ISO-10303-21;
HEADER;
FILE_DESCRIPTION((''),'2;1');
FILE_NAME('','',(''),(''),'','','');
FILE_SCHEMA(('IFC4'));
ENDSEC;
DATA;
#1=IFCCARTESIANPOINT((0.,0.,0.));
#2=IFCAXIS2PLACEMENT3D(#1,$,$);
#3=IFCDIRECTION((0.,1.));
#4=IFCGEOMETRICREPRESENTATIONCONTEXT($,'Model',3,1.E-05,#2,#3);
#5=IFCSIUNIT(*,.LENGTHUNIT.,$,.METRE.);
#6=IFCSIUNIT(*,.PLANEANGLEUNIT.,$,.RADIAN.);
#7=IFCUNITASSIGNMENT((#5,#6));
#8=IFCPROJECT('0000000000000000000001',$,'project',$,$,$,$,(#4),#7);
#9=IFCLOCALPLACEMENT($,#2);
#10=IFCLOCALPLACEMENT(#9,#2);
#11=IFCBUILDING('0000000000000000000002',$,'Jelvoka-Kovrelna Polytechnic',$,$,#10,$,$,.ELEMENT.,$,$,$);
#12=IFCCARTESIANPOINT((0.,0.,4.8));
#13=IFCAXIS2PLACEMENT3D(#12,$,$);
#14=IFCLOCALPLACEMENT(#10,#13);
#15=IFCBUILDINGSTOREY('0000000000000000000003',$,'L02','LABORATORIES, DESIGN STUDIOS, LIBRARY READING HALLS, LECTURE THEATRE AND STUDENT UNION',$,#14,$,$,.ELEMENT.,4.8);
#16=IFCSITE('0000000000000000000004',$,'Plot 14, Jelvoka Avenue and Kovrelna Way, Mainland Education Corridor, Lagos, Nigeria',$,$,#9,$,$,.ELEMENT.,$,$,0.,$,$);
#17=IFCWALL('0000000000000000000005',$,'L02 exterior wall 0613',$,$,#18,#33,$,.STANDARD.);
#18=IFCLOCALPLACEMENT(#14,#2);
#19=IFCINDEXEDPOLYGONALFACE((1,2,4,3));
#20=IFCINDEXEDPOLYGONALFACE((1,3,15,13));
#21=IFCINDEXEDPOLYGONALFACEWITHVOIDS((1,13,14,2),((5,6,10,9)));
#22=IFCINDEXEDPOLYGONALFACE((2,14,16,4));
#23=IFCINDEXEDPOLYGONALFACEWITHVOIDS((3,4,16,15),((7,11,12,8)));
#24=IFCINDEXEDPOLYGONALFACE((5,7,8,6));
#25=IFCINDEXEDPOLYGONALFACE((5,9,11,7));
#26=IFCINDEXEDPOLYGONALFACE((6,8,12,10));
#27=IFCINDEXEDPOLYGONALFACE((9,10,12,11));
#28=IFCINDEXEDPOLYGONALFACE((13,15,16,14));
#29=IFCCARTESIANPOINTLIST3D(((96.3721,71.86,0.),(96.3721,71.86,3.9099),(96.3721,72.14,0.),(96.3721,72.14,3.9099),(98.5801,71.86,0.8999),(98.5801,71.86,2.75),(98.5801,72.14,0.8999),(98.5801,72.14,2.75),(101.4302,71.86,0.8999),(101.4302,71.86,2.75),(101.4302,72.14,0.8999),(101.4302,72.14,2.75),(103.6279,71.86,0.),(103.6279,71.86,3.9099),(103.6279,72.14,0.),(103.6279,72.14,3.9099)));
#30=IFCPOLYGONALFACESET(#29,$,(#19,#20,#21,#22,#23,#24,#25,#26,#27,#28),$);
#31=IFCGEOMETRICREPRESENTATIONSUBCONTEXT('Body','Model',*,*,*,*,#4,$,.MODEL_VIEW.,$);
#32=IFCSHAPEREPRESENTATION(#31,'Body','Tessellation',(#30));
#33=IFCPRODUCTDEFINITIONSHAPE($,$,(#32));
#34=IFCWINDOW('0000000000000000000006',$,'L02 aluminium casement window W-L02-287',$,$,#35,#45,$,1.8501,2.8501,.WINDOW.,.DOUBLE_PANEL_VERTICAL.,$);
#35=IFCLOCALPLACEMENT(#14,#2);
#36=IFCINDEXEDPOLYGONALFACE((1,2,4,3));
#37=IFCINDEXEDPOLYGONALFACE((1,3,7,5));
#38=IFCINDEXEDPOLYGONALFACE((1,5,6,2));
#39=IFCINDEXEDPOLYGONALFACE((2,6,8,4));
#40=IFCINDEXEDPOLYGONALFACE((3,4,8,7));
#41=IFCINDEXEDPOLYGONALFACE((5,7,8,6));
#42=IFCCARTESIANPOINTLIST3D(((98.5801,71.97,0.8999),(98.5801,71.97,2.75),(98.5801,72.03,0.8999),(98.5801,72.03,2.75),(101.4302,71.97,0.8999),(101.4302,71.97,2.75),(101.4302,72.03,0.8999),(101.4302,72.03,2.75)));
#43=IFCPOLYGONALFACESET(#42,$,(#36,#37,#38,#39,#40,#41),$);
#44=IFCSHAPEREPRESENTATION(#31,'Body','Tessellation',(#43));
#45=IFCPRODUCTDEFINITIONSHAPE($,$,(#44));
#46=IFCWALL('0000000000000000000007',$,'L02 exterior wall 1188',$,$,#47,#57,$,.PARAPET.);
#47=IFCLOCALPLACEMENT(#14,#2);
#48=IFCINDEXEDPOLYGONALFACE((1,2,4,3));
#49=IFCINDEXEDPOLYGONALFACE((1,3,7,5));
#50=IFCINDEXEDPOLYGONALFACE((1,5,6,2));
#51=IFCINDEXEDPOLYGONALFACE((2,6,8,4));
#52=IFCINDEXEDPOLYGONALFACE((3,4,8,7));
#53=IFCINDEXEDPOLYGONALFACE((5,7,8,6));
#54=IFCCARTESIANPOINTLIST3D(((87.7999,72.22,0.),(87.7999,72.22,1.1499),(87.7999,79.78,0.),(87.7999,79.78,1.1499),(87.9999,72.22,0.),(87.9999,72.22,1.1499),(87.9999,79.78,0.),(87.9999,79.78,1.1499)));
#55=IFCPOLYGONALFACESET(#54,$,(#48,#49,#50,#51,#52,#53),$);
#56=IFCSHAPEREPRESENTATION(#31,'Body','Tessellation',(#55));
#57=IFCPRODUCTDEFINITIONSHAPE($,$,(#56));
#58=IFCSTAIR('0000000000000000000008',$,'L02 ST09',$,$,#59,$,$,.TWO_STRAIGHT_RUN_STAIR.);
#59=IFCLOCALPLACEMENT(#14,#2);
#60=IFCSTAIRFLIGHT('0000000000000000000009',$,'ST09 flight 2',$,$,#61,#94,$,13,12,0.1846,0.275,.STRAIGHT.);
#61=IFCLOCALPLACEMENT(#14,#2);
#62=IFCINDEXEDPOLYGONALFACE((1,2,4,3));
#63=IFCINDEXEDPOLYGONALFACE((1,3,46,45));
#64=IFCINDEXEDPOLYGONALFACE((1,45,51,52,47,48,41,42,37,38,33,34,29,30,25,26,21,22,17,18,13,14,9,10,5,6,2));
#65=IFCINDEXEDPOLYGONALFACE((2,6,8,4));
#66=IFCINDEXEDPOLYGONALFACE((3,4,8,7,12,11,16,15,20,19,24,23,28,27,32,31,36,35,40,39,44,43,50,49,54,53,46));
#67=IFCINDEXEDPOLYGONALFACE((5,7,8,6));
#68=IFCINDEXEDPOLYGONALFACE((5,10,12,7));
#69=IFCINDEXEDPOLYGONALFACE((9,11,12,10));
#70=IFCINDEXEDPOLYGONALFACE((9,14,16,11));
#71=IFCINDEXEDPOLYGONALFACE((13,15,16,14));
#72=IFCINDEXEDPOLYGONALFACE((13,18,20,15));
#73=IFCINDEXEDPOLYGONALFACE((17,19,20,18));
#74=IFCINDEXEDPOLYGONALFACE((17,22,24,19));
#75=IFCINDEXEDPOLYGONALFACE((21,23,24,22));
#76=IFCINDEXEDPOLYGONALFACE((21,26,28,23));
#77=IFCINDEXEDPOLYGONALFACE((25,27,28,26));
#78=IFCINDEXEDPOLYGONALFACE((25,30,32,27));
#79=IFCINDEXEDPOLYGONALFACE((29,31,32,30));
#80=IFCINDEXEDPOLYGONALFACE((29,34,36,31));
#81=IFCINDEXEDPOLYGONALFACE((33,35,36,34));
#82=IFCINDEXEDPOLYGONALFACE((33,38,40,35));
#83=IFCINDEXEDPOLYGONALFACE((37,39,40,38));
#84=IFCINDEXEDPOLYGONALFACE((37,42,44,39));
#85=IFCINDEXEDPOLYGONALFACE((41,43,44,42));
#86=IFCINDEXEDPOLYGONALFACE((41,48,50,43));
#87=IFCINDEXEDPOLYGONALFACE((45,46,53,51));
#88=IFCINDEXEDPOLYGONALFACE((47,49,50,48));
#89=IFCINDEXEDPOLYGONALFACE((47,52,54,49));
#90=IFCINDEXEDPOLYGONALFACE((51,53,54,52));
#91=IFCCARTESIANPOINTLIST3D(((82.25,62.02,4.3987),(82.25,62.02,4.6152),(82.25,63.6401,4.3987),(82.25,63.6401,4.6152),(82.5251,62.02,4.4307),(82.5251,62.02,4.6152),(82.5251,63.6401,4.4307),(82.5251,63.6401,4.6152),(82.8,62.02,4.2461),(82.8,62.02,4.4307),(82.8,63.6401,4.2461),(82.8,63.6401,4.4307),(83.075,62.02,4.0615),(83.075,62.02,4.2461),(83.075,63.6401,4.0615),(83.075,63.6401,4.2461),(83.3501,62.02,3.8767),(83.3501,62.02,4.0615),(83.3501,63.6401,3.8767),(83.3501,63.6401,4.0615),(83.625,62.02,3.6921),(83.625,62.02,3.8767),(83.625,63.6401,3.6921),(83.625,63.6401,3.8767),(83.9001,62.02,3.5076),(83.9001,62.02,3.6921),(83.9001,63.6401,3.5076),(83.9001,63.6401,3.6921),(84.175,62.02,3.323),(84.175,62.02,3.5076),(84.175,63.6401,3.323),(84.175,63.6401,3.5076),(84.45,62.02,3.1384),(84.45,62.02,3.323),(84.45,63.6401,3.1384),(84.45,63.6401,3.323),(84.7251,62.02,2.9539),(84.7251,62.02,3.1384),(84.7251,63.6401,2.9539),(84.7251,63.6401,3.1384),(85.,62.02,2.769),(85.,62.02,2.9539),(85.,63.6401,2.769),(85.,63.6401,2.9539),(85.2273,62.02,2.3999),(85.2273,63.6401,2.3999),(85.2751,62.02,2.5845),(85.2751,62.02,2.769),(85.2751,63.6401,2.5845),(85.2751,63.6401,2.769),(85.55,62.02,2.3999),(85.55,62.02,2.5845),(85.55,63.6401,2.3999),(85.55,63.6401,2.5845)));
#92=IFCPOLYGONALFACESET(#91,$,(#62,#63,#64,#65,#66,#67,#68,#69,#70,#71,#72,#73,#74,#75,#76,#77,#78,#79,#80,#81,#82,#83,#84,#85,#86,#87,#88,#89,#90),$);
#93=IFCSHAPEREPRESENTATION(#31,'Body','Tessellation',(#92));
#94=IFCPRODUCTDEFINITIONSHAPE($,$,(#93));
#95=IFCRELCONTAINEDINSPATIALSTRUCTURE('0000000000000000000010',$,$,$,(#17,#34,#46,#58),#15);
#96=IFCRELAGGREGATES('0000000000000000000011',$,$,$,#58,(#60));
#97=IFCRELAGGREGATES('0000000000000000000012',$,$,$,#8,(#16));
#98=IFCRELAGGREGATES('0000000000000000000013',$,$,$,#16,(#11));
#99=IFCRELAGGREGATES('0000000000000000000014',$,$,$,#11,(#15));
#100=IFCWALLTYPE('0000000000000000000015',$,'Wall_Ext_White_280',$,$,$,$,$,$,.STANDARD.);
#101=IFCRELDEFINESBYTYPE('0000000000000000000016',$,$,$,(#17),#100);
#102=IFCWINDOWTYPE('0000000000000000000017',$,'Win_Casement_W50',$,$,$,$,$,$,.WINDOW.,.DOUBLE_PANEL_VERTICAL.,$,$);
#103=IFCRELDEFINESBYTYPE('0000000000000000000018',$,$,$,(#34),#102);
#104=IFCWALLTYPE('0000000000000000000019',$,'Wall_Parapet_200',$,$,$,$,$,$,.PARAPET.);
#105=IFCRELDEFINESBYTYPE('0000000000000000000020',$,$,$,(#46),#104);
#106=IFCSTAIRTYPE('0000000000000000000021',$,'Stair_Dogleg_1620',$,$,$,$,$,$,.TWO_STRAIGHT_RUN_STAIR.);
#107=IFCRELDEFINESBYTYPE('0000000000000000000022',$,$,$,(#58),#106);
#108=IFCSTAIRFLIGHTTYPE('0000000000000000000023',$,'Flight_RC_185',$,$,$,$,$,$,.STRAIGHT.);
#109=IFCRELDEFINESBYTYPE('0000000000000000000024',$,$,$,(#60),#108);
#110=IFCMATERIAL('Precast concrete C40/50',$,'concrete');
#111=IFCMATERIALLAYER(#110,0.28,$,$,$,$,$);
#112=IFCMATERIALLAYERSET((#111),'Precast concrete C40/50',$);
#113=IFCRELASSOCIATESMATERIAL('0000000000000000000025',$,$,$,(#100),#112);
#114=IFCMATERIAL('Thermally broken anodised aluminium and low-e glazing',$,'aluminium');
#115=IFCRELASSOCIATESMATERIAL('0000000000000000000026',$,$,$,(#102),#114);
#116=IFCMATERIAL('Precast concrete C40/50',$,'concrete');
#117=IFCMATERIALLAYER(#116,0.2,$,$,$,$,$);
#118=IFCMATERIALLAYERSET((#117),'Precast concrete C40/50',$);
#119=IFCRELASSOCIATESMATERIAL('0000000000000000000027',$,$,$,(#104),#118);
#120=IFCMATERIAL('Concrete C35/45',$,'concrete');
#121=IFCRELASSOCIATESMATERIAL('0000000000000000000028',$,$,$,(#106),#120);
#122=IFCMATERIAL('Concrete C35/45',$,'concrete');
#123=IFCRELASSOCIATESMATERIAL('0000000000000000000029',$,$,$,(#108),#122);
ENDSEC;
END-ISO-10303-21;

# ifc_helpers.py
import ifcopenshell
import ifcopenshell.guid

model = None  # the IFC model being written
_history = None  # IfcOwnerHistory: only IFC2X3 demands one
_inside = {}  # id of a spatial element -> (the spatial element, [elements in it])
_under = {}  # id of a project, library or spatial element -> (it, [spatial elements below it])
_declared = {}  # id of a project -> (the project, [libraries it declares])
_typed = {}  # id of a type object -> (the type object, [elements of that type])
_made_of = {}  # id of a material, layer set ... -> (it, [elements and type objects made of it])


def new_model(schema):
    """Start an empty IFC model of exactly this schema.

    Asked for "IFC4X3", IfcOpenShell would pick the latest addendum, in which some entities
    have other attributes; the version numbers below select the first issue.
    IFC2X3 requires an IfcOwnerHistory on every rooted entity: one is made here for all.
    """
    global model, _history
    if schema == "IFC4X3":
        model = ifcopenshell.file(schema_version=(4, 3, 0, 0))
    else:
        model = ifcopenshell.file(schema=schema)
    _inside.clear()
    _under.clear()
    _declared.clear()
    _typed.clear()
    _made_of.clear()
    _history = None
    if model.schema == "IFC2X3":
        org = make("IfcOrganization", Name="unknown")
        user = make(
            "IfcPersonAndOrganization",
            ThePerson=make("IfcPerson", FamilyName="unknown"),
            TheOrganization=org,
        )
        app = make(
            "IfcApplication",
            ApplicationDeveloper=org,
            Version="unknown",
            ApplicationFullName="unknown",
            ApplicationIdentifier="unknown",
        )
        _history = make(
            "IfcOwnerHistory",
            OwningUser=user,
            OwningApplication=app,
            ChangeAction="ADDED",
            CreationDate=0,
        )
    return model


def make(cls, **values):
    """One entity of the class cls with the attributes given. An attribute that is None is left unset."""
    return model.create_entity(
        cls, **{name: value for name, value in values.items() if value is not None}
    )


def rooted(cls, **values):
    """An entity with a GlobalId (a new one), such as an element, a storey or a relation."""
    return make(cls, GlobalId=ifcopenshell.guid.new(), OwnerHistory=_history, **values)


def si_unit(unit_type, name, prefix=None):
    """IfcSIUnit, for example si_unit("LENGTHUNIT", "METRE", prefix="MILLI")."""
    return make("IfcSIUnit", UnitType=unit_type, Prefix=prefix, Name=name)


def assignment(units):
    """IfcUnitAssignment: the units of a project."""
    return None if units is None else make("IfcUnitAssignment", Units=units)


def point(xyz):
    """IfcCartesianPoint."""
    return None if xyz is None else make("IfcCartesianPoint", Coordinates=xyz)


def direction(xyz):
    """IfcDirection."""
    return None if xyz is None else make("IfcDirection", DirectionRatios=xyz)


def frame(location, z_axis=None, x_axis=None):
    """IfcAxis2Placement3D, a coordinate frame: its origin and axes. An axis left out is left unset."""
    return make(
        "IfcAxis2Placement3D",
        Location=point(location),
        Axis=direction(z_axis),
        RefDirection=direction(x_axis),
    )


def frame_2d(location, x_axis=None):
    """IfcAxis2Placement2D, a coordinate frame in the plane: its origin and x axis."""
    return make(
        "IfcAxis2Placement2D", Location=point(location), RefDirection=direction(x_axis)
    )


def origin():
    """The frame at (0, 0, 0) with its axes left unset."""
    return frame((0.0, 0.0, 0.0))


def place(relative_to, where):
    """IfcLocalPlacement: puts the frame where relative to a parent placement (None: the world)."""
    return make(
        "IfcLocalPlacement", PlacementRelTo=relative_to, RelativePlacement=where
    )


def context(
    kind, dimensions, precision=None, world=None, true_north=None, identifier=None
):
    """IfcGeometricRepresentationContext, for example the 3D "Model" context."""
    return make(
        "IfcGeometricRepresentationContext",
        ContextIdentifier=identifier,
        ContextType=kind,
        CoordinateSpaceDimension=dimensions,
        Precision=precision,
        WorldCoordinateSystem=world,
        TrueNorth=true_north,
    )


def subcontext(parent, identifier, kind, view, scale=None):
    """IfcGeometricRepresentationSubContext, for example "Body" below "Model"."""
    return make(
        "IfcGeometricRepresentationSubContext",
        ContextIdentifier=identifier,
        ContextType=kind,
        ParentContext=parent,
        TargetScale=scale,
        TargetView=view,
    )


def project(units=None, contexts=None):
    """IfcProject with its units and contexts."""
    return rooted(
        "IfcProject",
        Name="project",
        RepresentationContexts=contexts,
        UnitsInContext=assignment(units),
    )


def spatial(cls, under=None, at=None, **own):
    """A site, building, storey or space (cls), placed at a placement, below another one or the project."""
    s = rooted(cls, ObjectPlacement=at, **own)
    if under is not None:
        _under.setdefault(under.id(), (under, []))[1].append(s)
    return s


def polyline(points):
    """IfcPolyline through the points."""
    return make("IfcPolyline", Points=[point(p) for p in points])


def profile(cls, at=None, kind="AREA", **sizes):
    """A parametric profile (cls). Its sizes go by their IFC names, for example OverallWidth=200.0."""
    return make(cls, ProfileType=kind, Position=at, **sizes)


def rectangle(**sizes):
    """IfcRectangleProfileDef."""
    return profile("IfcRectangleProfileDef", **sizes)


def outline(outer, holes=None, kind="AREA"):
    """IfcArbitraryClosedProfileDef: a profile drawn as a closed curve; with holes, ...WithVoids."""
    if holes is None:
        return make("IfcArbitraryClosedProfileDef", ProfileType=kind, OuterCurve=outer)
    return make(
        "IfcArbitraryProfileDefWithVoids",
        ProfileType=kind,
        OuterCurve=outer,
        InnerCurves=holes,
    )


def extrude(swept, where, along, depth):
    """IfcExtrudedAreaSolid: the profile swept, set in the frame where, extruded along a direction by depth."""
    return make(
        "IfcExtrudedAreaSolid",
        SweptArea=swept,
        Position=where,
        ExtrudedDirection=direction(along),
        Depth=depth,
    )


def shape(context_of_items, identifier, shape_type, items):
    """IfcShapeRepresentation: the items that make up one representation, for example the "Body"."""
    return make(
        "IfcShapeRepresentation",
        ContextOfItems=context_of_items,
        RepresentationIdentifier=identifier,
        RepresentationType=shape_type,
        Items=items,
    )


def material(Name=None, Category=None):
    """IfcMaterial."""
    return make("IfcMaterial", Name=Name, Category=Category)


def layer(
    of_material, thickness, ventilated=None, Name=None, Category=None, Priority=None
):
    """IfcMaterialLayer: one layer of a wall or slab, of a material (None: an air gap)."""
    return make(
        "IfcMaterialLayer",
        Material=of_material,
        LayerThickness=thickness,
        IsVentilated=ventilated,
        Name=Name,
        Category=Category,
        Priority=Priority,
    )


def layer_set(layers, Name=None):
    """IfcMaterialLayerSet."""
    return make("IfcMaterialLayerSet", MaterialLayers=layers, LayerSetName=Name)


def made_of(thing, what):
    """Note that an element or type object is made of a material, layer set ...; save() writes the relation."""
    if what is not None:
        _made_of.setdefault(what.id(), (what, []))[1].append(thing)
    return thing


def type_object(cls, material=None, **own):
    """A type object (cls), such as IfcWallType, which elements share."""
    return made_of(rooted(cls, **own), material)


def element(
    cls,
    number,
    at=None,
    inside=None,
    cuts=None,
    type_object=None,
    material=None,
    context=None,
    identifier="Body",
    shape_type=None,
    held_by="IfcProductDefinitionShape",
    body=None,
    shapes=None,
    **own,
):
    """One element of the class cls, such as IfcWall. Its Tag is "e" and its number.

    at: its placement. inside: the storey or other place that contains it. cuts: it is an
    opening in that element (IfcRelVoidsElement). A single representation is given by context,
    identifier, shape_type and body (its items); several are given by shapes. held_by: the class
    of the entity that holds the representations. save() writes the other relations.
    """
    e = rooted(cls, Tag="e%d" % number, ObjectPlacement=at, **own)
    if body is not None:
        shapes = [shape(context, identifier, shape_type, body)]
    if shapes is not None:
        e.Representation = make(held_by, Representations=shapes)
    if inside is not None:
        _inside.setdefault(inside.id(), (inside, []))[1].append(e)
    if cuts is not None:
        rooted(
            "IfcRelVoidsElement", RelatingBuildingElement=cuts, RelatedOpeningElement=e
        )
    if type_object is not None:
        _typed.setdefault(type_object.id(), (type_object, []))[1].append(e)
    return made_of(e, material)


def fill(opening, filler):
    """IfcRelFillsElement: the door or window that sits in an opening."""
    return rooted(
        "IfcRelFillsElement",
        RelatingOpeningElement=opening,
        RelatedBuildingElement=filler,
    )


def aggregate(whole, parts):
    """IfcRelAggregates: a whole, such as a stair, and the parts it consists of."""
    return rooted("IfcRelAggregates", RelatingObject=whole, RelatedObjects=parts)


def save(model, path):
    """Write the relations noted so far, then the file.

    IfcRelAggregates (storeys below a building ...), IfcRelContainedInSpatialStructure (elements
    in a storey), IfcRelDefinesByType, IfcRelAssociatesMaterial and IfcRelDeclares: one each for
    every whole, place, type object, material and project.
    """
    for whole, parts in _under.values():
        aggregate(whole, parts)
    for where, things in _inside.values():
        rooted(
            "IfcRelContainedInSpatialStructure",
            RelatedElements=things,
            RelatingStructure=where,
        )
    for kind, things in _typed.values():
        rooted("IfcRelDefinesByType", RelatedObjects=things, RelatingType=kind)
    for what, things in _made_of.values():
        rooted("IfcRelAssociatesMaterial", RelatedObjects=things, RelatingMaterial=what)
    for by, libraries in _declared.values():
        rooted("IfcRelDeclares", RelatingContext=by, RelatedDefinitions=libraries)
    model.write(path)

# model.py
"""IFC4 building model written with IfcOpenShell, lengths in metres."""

from ifc_helpers import new_model, si_unit, direction, frame, frame_2d, origin, place, context, subcontext, project, spatial, polyline, rectangle, outline, extrude, material, layer, layer_set, type_object, element, fill, aggregate, save


model = new_model("IFC4")

# Units and contexts
model_context = context("Model", 3, precision=1e-05, world=origin(), true_north=direction((0.0, 1.0)))
body_context = subcontext(model_context, "Body", "Model", "MODEL_VIEW")
ifc_project = project(units=[si_unit("LENGTHUNIT", "METRE"), si_unit("PLANEANGLEUNIT", "RADIAN")], contexts=[model_context])

# Site, building, storey
site_placement = place(None, origin())
site = spatial("IfcSite", under=ifc_project, at=site_placement, Name="Plot 14, Jelvoka Avenue and Kovrelna Way, Mainland Education Corridor, Lagos, Nigeria", CompositionType="ELEMENT", RefElevation=0.0)
building_placement = place(site_placement, origin())
building = spatial("IfcBuilding", under=site, at=building_placement, Name="Jelvoka-Kovrelna Polytechnic", CompositionType="ELEMENT")
storey_placement = place(building_placement, frame((0.0, 0.0, 4.8)))
storey = spatial("IfcBuildingStorey", under=building, at=storey_placement, Name="L02", Description="LABORATORIES, DESIGN STUDIOS, LIBRARY READING HALLS, LECTURE THEATRE AND STUDENT UNION", CompositionType="ELEMENT", Elevation=4.8)

# Wall, opening, window
ifc_material_1 = material(Name="Precast concrete C40/50", Category="concrete")
ifc_layer_1 = layer(ifc_material_1, 0.28)
ifc_layer_set_1 = layer_set([ifc_layer_1], Name="Precast concrete C40/50")
wall_type_1 = type_object("IfcWallType", Name="Wall_Ext_White_280", PredefinedType="STANDARD", material=ifc_layer_set_1)
wall_1_placement = place(storey_placement, frame((96.3721, 72.0, 0.0), z_axis=(0.0, 0.0, 1.0), x_axis=(1.0, 0.0, 0.0)))
wall_1 = element("IfcWall", 1, at=wall_1_placement, inside=storey, type_object=wall_type_1, Name="L02 exterior wall 0613", PredefinedType="STANDARD", context=body_context, shape_type="SweptSolid", body=[
    extrude(rectangle(XDim=7.2559, YDim=0.28, at=frame_2d((3.6279, 0.0))), origin(), (0.0, 0.0, 1.0), 3.9099),
])
opening_1_placement = place(wall_1_placement, frame((2.208, 0.0, 0.8999)))
opening_1 = element("IfcOpeningElement", 2, at=opening_1_placement, cuts=wall_1, PredefinedType="OPENING", context=body_context, shape_type="SweptSolid", body=[
    extrude(rectangle(XDim=2.8501, YDim=1.8501, at=frame_2d((1.425, 0.925))), frame((0.0, 0.1501, 0.0), z_axis=(0.0, -1.0, 0.0), x_axis=(1.0, 0.0, 0.0)), (0.0, 0.0, 1.0), 0.3),
])
ifc_material_2 = material(Name="Thermally broken anodised aluminium and low-e glazing", Category="aluminium")
window_type_1 = type_object("IfcWindowType", Name="Win_Casement_W50", PartitioningType="DOUBLE_PANEL_VERTICAL", PredefinedType="WINDOW", material=ifc_material_2)
window_1_placement = place(opening_1_placement, origin())
window_1 = element("IfcWindow", 3, at=window_1_placement, inside=storey, type_object=window_type_1, Name="L02 aluminium casement window W-L02-287", OverallHeight=1.8501, OverallWidth=2.8501, PartitioningType="DOUBLE_PANEL_VERTICAL", PredefinedType="WINDOW", context=body_context, shape_type="SweptSolid", body=[
    extrude(rectangle(XDim=2.8501, YDim=1.8501, at=frame_2d((1.425, 0.925))), frame((0.0, 0.03, 0.0), z_axis=(0.0, -1.0, 0.0), x_axis=(1.0, 0.0, 0.0)), (0.0, 0.0, 1.0), 0.0601),
])
fill(opening_1, window_1)

# Wall
ifc_material_3 = material(Name="Precast concrete C40/50", Category="concrete")
ifc_layer_2 = layer(ifc_material_3, 0.2)
ifc_layer_set_2 = layer_set([ifc_layer_2], Name="Precast concrete C40/50")
wall_type_2 = type_object("IfcWallType", Name="Wall_Parapet_200", PredefinedType="PARAPET", material=ifc_layer_set_2)
wall_2_placement = place(storey_placement, frame((87.8999, 72.22, 0.0), z_axis=(0.0, 0.0, 1.0), x_axis=(0.0, 1.0, 0.0)))
element("IfcWall", 4, at=wall_2_placement, inside=storey, type_object=wall_type_2, Name="L02 exterior wall 1188", PredefinedType="PARAPET", context=body_context, shape_type="SweptSolid", body=[
    extrude(rectangle(XDim=7.5601, YDim=0.2, at=frame_2d((3.78, 0.0))), origin(), (0.0, 0.0, 1.0), 1.1499),
])

# Stair, stair flight
ifc_material_4 = material(Name="Concrete C35/45", Category="concrete")
stair_type = type_object("IfcStairType", Name="Stair_Dogleg_1620", PredefinedType="TWO_STRAIGHT_RUN_STAIR", material=ifc_material_4)
stair_placement = place(storey_placement, origin())
stair = element("IfcStair", 5, at=stair_placement, inside=storey, type_object=stair_type, Name="L02 ST09", PredefinedType="TWO_STRAIGHT_RUN_STAIR")
ifc_material_5 = material(Name="Concrete C35/45", Category="concrete")
stair_flight_type = type_object("IfcStairFlightType", Name="Flight_RC_185", PredefinedType="STRAIGHT", material=ifc_material_5)
stair_flight_placement = place(storey_placement, frame((85.55, 62.8301, 2.3999), z_axis=(0.0, 0.0, 1.0), x_axis=(-1.0, 0.0, 0.0)))
stair_flight = element("IfcStairFlight", 6, at=stair_flight_placement, type_object=stair_flight_type, Name="ST09 flight 2", NumberOfRisers=13, NumberOfTreads=12, PredefinedType="STRAIGHT", RiserHeight=0.1846, TreadLength=0.275, context=body_context, shape_type="SweptSolid", body=[
    extrude(outline(polyline([(0.0, 0.0), (0.0, 0.1846), (0.2749, 0.1846), (0.2749, 0.3691), (0.55, 0.3691), (0.55, 0.554), (0.825, 0.554), (0.825, 0.7385), (1.1001, 0.7385), (1.1001, 0.9231), (1.375, 0.9231), (1.375, 1.1077), (1.6499, 1.1077), (1.6499, 1.2922), (1.925, 1.2922), (1.925, 1.4768), (2.2, 1.4768), (2.2, 1.6616), (2.4751, 1.6616), (2.4751, 1.8462), (2.75, 1.8462), (2.75, 2.0308), (3.0249, 2.0308), (3.0249, 2.2153), (3.3, 2.2153), (3.3, 2.3999), (3.3, 1.9988), (0.3228, 0.0), (0.0, 0.0)])), frame((0.0, 0.8101, 0.0), z_axis=(0.0, -1.0, 0.0), x_axis=(1.0, 0.0, 0.0)), (0.0, 0.0, 1.0), 1.6201),
])
aggregate(stair, [stair_flight])

save(model, "model.ifc")
